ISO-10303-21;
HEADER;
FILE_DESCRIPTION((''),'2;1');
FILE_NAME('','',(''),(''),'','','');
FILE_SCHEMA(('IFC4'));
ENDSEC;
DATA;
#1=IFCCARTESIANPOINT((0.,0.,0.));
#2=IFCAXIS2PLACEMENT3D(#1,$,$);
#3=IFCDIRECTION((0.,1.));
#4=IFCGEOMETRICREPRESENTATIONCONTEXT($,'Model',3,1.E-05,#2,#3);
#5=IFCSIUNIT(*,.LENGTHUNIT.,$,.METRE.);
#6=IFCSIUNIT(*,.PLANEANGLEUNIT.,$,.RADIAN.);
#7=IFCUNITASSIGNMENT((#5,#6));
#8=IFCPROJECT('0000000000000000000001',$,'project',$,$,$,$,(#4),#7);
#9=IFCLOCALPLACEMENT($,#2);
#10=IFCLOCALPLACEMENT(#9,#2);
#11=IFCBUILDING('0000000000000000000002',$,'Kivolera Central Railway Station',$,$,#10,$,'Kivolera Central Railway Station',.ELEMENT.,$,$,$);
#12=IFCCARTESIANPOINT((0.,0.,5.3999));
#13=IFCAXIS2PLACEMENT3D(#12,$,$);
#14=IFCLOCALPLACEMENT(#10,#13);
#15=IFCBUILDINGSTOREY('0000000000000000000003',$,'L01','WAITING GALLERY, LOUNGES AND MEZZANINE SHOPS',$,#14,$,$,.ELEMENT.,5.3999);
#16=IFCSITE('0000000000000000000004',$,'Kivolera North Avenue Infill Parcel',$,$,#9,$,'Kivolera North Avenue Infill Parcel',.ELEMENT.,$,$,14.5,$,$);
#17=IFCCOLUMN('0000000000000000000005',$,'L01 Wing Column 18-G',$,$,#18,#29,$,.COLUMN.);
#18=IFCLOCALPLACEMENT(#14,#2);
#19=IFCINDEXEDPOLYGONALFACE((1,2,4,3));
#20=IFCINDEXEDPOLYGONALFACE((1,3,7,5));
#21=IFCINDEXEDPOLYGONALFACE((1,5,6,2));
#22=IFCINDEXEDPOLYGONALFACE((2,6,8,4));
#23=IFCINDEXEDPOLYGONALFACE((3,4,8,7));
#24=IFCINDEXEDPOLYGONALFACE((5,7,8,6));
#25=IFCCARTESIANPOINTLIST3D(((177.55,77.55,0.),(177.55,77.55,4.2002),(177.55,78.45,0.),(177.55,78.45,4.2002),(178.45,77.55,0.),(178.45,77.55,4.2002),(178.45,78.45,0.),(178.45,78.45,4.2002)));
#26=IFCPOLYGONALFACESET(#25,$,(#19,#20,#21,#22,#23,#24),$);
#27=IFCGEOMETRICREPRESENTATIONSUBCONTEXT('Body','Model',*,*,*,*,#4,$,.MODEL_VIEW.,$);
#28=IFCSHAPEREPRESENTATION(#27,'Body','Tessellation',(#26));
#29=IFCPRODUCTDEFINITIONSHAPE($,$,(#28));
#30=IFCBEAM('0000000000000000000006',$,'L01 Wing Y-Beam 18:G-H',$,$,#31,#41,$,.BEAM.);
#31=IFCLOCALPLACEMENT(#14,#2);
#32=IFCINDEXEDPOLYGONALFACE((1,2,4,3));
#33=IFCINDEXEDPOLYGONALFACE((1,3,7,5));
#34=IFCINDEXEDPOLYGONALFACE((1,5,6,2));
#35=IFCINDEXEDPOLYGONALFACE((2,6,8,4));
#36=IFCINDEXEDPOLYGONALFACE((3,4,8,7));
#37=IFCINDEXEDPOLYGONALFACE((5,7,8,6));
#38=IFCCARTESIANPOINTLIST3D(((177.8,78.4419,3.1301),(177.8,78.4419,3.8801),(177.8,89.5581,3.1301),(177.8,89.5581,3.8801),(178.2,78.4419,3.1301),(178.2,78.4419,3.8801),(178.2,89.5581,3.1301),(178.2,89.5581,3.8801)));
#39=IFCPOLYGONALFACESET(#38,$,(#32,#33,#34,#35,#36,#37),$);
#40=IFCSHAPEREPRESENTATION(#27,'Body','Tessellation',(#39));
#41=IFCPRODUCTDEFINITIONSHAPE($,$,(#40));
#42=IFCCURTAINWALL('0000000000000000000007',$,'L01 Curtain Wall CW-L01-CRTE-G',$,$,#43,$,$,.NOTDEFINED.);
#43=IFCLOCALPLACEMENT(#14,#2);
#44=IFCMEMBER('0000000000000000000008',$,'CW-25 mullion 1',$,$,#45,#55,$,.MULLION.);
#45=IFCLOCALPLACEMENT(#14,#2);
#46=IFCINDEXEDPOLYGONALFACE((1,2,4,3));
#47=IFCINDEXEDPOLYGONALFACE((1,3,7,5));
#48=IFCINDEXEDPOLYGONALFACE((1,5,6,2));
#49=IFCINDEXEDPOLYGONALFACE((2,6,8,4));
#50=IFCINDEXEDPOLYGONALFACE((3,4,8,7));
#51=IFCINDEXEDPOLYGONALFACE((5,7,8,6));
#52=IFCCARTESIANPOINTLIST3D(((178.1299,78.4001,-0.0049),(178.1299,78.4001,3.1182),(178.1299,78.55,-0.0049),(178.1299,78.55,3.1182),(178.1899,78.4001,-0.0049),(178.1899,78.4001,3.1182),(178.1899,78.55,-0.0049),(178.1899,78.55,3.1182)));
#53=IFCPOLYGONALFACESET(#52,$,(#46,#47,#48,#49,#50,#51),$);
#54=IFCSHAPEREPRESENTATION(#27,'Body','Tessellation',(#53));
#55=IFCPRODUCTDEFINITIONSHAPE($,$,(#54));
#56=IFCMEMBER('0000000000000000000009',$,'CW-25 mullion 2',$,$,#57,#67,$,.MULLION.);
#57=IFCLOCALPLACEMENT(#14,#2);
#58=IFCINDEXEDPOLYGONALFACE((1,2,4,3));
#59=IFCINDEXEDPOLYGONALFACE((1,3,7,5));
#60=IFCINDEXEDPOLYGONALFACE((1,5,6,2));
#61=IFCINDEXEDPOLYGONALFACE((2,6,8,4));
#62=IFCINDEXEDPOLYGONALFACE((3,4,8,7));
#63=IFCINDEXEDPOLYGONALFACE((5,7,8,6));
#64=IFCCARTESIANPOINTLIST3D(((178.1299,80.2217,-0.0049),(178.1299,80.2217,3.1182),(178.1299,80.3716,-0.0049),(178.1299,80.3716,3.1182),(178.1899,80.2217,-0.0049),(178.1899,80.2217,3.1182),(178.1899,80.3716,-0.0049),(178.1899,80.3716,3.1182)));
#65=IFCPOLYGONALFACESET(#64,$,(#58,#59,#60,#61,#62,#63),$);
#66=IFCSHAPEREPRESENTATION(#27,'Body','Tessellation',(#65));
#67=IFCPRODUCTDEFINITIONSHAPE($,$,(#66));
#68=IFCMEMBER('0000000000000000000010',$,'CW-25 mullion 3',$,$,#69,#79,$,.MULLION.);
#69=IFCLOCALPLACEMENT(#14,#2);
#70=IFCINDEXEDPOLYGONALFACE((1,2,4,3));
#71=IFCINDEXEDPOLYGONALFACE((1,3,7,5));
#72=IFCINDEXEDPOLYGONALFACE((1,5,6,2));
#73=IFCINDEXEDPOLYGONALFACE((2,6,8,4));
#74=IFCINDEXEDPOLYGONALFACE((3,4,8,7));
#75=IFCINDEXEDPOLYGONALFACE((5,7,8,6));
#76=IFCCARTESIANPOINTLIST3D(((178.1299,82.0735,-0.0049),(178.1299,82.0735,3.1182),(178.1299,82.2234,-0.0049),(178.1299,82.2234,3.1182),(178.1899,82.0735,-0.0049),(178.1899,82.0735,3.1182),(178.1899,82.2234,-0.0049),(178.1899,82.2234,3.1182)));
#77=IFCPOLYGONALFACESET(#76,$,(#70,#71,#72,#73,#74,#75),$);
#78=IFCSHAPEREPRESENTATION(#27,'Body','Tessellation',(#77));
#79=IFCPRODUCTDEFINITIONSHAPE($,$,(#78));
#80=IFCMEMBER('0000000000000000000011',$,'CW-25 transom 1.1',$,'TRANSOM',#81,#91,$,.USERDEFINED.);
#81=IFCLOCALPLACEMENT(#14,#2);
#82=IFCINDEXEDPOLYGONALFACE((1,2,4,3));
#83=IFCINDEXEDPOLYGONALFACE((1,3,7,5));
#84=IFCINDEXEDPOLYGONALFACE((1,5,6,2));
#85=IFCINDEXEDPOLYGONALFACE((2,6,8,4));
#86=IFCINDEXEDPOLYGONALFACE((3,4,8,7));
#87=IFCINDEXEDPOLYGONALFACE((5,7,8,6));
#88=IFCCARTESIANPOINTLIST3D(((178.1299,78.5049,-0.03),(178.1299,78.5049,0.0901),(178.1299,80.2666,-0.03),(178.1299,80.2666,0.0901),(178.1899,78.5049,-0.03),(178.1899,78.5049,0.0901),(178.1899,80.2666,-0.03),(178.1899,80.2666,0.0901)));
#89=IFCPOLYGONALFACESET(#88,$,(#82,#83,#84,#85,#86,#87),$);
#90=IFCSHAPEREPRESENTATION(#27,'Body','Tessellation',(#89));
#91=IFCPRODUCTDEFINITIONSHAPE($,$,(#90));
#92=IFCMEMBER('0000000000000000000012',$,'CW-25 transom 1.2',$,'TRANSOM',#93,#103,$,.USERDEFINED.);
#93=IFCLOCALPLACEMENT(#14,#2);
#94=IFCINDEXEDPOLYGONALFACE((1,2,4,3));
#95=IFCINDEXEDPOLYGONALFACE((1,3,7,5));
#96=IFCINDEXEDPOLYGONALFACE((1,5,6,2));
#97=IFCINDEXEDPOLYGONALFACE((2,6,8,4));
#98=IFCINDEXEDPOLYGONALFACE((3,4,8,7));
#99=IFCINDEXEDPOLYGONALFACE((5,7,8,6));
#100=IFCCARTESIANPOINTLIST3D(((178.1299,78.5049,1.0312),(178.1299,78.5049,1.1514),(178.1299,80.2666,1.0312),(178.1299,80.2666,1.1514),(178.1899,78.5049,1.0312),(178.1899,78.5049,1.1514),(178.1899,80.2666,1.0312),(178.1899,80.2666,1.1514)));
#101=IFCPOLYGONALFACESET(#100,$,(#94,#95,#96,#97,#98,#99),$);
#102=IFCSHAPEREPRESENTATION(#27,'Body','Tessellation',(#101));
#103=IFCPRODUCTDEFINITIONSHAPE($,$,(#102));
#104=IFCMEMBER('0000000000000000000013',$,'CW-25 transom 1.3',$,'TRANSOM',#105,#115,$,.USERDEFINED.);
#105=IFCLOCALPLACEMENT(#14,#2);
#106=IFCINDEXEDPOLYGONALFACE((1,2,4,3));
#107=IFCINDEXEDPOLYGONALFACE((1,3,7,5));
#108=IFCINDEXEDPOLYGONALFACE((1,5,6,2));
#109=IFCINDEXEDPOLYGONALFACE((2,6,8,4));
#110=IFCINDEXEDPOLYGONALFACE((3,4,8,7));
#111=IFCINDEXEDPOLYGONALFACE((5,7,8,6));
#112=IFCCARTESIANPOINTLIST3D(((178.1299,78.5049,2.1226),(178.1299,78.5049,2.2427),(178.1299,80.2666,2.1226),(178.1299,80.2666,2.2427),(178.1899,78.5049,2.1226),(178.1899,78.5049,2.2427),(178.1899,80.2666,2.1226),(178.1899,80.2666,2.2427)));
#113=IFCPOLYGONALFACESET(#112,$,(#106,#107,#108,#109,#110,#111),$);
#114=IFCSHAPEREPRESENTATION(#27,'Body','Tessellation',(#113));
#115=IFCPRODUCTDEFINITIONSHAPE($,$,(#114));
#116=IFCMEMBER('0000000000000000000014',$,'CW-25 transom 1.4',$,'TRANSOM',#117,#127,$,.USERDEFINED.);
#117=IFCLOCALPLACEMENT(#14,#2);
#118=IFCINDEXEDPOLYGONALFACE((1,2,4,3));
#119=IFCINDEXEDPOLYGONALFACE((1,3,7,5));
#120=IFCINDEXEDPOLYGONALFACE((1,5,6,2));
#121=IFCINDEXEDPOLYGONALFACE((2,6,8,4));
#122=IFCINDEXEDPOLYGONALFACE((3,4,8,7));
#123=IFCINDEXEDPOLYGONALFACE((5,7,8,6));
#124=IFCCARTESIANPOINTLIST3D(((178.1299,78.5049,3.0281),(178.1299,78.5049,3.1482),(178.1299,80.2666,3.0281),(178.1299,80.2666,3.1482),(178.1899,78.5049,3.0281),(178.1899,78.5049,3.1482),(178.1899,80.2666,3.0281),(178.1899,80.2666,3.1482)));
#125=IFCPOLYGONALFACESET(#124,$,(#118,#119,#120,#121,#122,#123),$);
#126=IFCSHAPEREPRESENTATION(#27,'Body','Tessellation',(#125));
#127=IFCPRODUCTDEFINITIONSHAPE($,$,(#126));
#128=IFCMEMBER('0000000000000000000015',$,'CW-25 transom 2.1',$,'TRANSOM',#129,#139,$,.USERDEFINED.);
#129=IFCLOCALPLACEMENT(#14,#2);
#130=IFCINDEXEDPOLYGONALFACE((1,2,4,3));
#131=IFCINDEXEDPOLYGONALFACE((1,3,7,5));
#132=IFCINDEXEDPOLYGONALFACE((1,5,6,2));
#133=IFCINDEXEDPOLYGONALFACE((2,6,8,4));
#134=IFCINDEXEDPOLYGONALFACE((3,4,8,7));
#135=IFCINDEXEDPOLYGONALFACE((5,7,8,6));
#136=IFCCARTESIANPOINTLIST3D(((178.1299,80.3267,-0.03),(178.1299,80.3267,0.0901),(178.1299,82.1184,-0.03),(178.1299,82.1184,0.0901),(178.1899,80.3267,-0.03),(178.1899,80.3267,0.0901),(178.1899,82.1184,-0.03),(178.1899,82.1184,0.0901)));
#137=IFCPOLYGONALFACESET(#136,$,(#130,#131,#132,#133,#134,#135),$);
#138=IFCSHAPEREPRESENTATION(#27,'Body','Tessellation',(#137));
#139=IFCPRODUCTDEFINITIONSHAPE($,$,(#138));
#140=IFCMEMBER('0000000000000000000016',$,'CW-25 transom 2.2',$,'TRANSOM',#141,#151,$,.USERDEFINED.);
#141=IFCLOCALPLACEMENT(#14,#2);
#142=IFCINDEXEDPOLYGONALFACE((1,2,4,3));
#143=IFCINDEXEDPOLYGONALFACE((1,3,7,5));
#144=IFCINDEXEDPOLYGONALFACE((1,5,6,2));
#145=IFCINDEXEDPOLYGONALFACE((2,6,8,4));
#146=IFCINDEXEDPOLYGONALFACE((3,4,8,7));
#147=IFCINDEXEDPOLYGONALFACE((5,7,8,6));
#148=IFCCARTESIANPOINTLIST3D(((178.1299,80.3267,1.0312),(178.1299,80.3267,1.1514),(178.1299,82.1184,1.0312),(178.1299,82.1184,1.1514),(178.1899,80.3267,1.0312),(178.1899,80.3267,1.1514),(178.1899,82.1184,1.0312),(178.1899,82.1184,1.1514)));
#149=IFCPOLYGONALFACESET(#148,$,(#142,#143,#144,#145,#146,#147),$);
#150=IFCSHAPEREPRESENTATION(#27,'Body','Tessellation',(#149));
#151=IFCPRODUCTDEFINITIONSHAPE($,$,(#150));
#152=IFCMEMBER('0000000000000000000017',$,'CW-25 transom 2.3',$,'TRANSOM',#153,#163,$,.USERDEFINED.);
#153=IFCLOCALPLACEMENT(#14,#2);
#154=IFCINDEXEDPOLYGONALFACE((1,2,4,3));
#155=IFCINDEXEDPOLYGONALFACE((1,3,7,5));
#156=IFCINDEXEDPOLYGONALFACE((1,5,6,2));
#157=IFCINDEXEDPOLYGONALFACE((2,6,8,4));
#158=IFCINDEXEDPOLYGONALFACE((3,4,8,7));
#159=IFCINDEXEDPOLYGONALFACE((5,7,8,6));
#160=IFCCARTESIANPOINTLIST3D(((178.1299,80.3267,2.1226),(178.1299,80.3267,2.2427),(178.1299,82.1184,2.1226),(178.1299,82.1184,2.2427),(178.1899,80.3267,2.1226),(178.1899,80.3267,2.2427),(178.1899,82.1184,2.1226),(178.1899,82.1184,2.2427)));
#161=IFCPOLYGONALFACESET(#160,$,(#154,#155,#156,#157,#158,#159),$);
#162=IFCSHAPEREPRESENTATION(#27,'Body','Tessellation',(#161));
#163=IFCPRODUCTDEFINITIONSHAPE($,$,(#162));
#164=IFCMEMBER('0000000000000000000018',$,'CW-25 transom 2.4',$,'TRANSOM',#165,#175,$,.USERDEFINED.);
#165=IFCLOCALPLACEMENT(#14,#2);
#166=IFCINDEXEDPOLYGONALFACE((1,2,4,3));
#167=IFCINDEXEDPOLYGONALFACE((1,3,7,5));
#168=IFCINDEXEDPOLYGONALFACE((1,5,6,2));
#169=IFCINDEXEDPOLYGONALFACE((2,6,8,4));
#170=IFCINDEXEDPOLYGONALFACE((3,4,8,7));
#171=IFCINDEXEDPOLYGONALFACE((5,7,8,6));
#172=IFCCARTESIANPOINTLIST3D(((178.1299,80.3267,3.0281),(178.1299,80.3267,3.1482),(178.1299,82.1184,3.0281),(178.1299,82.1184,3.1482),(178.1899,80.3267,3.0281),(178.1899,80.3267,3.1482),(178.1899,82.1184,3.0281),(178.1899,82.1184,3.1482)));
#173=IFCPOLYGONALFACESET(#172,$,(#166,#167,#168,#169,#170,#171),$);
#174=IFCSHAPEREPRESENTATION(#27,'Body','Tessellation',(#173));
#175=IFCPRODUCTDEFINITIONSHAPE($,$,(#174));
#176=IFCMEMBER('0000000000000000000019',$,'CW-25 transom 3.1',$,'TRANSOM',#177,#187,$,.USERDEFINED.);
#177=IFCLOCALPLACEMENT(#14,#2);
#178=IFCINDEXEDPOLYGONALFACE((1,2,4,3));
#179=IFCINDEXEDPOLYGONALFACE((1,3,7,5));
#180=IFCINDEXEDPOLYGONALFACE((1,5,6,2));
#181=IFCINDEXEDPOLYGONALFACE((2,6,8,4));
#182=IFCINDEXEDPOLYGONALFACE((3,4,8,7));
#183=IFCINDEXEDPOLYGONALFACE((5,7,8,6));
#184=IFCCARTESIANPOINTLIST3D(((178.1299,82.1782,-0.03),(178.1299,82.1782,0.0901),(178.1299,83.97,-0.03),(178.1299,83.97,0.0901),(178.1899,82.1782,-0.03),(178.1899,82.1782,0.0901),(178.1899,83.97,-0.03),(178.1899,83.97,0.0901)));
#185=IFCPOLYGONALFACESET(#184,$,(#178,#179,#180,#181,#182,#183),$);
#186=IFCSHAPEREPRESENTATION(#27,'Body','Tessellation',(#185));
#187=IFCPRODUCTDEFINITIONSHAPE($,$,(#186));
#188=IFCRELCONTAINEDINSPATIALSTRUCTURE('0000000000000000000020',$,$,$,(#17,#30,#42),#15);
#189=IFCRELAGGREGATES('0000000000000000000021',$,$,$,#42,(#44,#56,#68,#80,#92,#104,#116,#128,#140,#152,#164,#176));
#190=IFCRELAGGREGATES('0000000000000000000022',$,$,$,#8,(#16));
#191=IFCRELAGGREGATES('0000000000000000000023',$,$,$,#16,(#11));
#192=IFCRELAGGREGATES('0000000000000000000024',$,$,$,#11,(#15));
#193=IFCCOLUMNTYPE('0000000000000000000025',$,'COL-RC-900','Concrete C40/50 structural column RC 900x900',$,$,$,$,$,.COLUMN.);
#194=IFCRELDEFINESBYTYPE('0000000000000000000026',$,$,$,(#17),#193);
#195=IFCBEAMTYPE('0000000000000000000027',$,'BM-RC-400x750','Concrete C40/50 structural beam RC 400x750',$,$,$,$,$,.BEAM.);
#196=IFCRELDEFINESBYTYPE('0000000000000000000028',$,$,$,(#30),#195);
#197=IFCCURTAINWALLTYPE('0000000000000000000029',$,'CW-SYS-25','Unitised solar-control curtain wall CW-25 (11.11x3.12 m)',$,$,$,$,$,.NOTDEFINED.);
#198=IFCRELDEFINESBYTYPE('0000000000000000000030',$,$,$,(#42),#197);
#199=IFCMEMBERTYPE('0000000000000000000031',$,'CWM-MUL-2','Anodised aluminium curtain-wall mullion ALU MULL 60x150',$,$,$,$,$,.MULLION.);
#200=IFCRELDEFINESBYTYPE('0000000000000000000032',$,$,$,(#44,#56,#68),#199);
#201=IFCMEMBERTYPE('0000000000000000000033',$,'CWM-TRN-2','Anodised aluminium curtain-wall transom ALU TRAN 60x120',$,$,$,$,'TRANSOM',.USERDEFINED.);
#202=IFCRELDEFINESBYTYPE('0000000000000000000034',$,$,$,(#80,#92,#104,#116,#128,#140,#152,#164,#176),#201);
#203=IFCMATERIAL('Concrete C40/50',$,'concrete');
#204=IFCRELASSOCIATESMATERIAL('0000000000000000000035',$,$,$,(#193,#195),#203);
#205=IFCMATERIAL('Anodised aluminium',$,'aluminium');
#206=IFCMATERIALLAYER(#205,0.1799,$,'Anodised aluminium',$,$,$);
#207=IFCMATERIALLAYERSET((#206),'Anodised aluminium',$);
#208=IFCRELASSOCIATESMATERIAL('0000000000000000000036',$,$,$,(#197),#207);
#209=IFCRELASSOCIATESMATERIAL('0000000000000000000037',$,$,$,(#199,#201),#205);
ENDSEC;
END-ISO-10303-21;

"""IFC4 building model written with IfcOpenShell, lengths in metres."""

from ifc_helpers import new_model, si_unit, direction, frame, origin, origin_2d, place, context, subcontext, project, spatial, rectangle, extrude, material, layer, layer_set, material_profile, profile_set, type_object, element, aggregate, save


model = new_model("IFC4")

# Units and contexts
model_context = context("Model", 3, precision=1e-05, world=origin(), true_north=direction((0.0, 1.0)))
body_context = subcontext(model_context, "Body", "Model", "MODEL_VIEW")
ifc_project = project(units=[si_unit("LENGTHUNIT", "METRE"), si_unit("PLANEANGLEUNIT", "RADIAN")], contexts=[model_context])

# Site, building, storey
site_placement = place(None, origin())
site = spatial("IfcSite", under=ifc_project, at=site_placement, Name="Kivolera North Avenue Infill Parcel", LongName="Kivolera North Avenue Infill Parcel", CompositionType="ELEMENT", RefElevation=14.5)
building_placement = place(site_placement, origin())
building = spatial("IfcBuilding", under=site, at=building_placement, Name="Kivolera Central Railway Station", LongName="Kivolera Central Railway Station", CompositionType="ELEMENT")
storey_placement = place(building_placement, frame((0.0, 0.0, 5.3999)))
storey = spatial("IfcBuildingStorey", under=building, at=storey_placement, Name="L01", Description="WAITING GALLERY, LOUNGES AND MEZZANINE SHOPS", CompositionType="ELEMENT", Elevation=5.3999)

# Column
ifc_material_1 = material(Name="Concrete C40/50", Category="concrete")
ifc_material_profile_1 = material_profile(ifc_material_1, rectangle(XDim=0.8999, YDim=0.8999, at=origin_2d()), Name="RC 900x900")
ifc_profile_set_1 = profile_set([ifc_material_profile_1], Name="Concrete C40/50")
column_type = type_object("IfcColumnType", Name="COL-RC-900", Description="Concrete C40/50 structural column RC 900x900", PredefinedType="COLUMN", material=ifc_profile_set_1)
column_placement = place(storey_placement, frame((178.0, 78.0, 0.0), z_axis=(0.0, 0.0, 1.0), x_axis=(1.0, 0.0, 0.0)))
element("IfcColumn", 1, at=column_placement, inside=storey, type_object=column_type, Name="L01 Wing Column 18-G", PredefinedType="COLUMN", context=body_context, shape_type="SweptSolid", body=[
    extrude(rectangle(XDim=0.8999, YDim=0.8999, at=origin_2d()), origin(), (0.0, 0.0, 1.0), 4.2002),
])

# Beam
ifc_material_profile_2 = material_profile(ifc_material_1, rectangle(XDim=0.3999, YDim=0.75, at=origin_2d()), Name="RC 400x750")
ifc_profile_set_2 = profile_set([ifc_material_profile_2], Name="Concrete C40/50")
beam_type = type_object("IfcBeamType", Name="BM-RC-400x750", Description="Concrete C40/50 structural beam RC 400x750", PredefinedType="BEAM", material=ifc_profile_set_2)
beam_placement = place(storey_placement, frame((178.0, 78.4419, 3.5051), z_axis=(0.0, 1.0, 0.0), x_axis=(-1.0, 0.0, 0.0)))
element("IfcBeam", 2, at=beam_placement, inside=storey, type_object=beam_type, Name="L01 Wing Y-Beam 18:G-H", PredefinedType="BEAM", context=body_context, shape_type="SweptSolid", body=[
    extrude(rectangle(XDim=0.3999, YDim=0.75, at=origin_2d()), origin(), (0.0, 0.0, 1.0), 11.1162),
])

# Curtain wall, members
ifc_material_2 = material(Name="Anodised aluminium", Category="aluminium")
ifc_layer_1 = layer(ifc_material_2, 0.1799, Name="Anodised aluminium")
ifc_layer_set_1 = layer_set([ifc_layer_1], Name="Anodised aluminium")
curtain_wall_type = type_object("IfcCurtainWallType", Name="CW-SYS-25", Description="Unitised solar-control curtain wall CW-25 (11.11x3.12 m)", PredefinedType="NOTDEFINED", material=ifc_layer_set_1)
curtain_wall_placement = place(storey_placement, origin())
curtain_wall = element("IfcCurtainWall", 3, at=curtain_wall_placement, inside=storey, type_object=curtain_wall_type, Name="L01 Curtain Wall CW-L01-CRTE-G", PredefinedType="NOTDEFINED")
ifc_material_profile_3 = material_profile(ifc_material_2, rectangle(XDim=0.0601, YDim=0.1499, at=origin_2d()), Name="ALU MULL 60x150")
ifc_profile_set_3 = profile_set([ifc_material_profile_3], Name="Anodised aluminium")
member_type_1 = type_object("IfcMemberType", Name="CWM-MUL-2", Description="Anodised aluminium curtain-wall mullion ALU MULL 60x150", PredefinedType="MULLION", material=ifc_profile_set_3)
member_1_placement = place(storey_placement, frame((178.1599, 78.4751, -0.0049), z_axis=(0.0, 0.0, 1.0), x_axis=(-1.0, 0.0, 0.0)))
member_1 = element("IfcMember", 4, at=member_1_placement, type_object=member_type_1, Name="CW-25 mullion 1", PredefinedType="MULLION", context=body_context, shape_type="SweptSolid", body=[
    extrude(rectangle(XDim=0.0601, YDim=0.1499, at=origin_2d()), origin(), (0.0, 0.0, 1.0), 3.123),
])
member_2_placement = place(storey_placement, frame((178.1599, 80.2966, -0.0049), z_axis=(0.0, 0.0, 1.0), x_axis=(-1.0, 0.0, 0.0)))
member_2 = element("IfcMember", 5, at=member_2_placement, type_object=member_type_1, Name="CW-25 mullion 2", PredefinedType="MULLION", context=body_context, shape_type="SweptSolid", body=[
    extrude(rectangle(XDim=0.0601, YDim=0.1499, at=origin_2d()), origin(), (0.0, 0.0, 1.0), 3.123),
])
member_3_placement = place(storey_placement, frame((178.1599, 82.1484, -0.0049), z_axis=(0.0, 0.0, 1.0), x_axis=(-1.0, 0.0, 0.0)))
member_3 = element("IfcMember", 6, at=member_3_placement, type_object=member_type_1, Name="CW-25 mullion 3", PredefinedType="MULLION", context=body_context, shape_type="SweptSolid", body=[
    extrude(rectangle(XDim=0.0601, YDim=0.1499, at=origin_2d()), origin(), (0.0, 0.0, 1.0), 3.123),
])
ifc_material_profile_4 = material_profile(ifc_material_2, rectangle(XDim=0.0601, YDim=0.1201, at=origin_2d()), Name="ALU TRAN 60x120")
ifc_profile_set_4 = profile_set([ifc_material_profile_4], Name="Anodised aluminium")
member_type_2 = type_object("IfcMemberType", Name="CWM-TRN-2", Description="Anodised aluminium curtain-wall transom ALU TRAN 60x120", ElementType="TRANSOM", PredefinedType="USERDEFINED", material=ifc_profile_set_4)
member_4_placement = place(storey_placement, frame((178.1599, 78.5049, 0.03), z_axis=(0.0, 1.0, 0.0), x_axis=(-1.0, 0.0, 0.0)))
member_4 = element("IfcMember", 7, at=member_4_placement, type_object=member_type_2, Name="CW-25 transom 1.1", ObjectType="TRANSOM", PredefinedType="USERDEFINED", context=body_context, shape_type="SweptSolid", body=[
    extrude(rectangle(XDim=0.0601, YDim=0.1201, at=origin_2d()), origin(), (0.0, 0.0, 1.0), 1.7617),
])
member_5_placement = place(storey_placement, frame((178.1599, 78.5049, 1.0913), z_axis=(0.0, 1.0, 0.0), x_axis=(-1.0, 0.0, 0.0)))
member_5 = element("IfcMember", 8, at=member_5_placement, type_object=member_type_2, Name="CW-25 transom 1.2", ObjectType="TRANSOM", PredefinedType="USERDEFINED", context=body_context, shape_type="SweptSolid", body=[
    extrude(rectangle(XDim=0.0601, YDim=0.1201, at=origin_2d()), origin(), (0.0, 0.0, 1.0), 1.7617),
])
member_6_placement = place(storey_placement, frame((178.1599, 78.5049, 2.1826), z_axis=(0.0, 1.0, 0.0), x_axis=(-1.0, 0.0, 0.0)))
member_6 = element("IfcMember", 9, at=member_6_placement, type_object=member_type_2, Name="CW-25 transom 1.3", ObjectType="TRANSOM", PredefinedType="USERDEFINED", context=body_context, shape_type="SweptSolid", body=[
    extrude(rectangle(XDim=0.0601, YDim=0.1201, at=origin_2d()), origin(), (0.0, 0.0, 1.0), 1.7617),
])
member_7_placement = place(storey_placement, frame((178.1599, 78.5049, 3.0881), z_axis=(0.0, 1.0, 0.0), x_axis=(-1.0, 0.0, 0.0)))
member_7 = element("IfcMember", 10, at=member_7_placement, type_object=member_type_2, Name="CW-25 transom 1.4", ObjectType="TRANSOM", PredefinedType="USERDEFINED", context=body_context, shape_type="SweptSolid", body=[
    extrude(rectangle(XDim=0.0601, YDim=0.1201, at=origin_2d()), origin(), (0.0, 0.0, 1.0), 1.7617),
])
member_8_placement = place(storey_placement, frame((178.1599, 80.3267, 0.03), z_axis=(0.0, 1.0, 0.0), x_axis=(-1.0, 0.0, 0.0)))
member_8 = element("IfcMember", 11, at=member_8_placement, type_object=member_type_2, Name="CW-25 transom 2.1", ObjectType="TRANSOM", PredefinedType="USERDEFINED", context=body_context, shape_type="SweptSolid", body=[
    extrude(rectangle(XDim=0.0601, YDim=0.1201, at=origin_2d()), origin(), (0.0, 0.0, 1.0), 1.7917),
])
member_9_placement = place(storey_placement, frame((178.1599, 80.3267, 1.0913), z_axis=(0.0, 1.0, 0.0), x_axis=(-1.0, 0.0, 0.0)))
member_9 = element("IfcMember", 12, at=member_9_placement, type_object=member_type_2, Name="CW-25 transom 2.2", ObjectType="TRANSOM", PredefinedType="USERDEFINED", context=body_context, shape_type="SweptSolid", body=[
    extrude(rectangle(XDim=0.0601, YDim=0.1201, at=origin_2d()), origin(), (0.0, 0.0, 1.0), 1.7917),
])
member_10_placement = place(storey_placement, frame((178.1599, 80.3267, 2.1826), z_axis=(0.0, 1.0, 0.0), x_axis=(-1.0, 0.0, 0.0)))
member_10 = element("IfcMember", 13, at=member_10_placement, type_object=member_type_2, Name="CW-25 transom 2.3", ObjectType="TRANSOM", PredefinedType="USERDEFINED", context=body_context, shape_type="SweptSolid", body=[
    extrude(rectangle(XDim=0.0601, YDim=0.1201, at=origin_2d()), origin(), (0.0, 0.0, 1.0), 1.7917),
])
member_11_placement = place(storey_placement, frame((178.1599, 80.3267, 3.0881), z_axis=(0.0, 1.0, 0.0), x_axis=(-1.0, 0.0, 0.0)))
member_11 = element("IfcMember", 14, at=member_11_placement, type_object=member_type_2, Name="CW-25 transom 2.4", ObjectType="TRANSOM", PredefinedType="USERDEFINED", context=body_context, shape_type="SweptSolid", body=[
    extrude(rectangle(XDim=0.0601, YDim=0.1201, at=origin_2d()), origin(), (0.0, 0.0, 1.0), 1.7917),
])
member_12_placement = place(storey_placement, frame((178.1599, 82.1782, 0.03), z_axis=(0.0, 1.0, 0.0), x_axis=(-1.0, 0.0, 0.0)))
member_12 = element("IfcMember", 15, at=member_12_placement, type_object=member_type_2, Name="CW-25 transom 3.1", ObjectType="TRANSOM", PredefinedType="USERDEFINED", context=body_context, shape_type="SweptSolid", body=[
    extrude(rectangle(XDim=0.0601, YDim=0.1201, at=origin_2d()), origin(), (0.0, 0.0, 1.0), 1.7917),
])
aggregate(curtain_wall, [member_1, member_2, member_3, member_4, member_5, member_6, member_7, member_8, member_9, member_10, member_11, member_12])

save(model, "model.ifc")
